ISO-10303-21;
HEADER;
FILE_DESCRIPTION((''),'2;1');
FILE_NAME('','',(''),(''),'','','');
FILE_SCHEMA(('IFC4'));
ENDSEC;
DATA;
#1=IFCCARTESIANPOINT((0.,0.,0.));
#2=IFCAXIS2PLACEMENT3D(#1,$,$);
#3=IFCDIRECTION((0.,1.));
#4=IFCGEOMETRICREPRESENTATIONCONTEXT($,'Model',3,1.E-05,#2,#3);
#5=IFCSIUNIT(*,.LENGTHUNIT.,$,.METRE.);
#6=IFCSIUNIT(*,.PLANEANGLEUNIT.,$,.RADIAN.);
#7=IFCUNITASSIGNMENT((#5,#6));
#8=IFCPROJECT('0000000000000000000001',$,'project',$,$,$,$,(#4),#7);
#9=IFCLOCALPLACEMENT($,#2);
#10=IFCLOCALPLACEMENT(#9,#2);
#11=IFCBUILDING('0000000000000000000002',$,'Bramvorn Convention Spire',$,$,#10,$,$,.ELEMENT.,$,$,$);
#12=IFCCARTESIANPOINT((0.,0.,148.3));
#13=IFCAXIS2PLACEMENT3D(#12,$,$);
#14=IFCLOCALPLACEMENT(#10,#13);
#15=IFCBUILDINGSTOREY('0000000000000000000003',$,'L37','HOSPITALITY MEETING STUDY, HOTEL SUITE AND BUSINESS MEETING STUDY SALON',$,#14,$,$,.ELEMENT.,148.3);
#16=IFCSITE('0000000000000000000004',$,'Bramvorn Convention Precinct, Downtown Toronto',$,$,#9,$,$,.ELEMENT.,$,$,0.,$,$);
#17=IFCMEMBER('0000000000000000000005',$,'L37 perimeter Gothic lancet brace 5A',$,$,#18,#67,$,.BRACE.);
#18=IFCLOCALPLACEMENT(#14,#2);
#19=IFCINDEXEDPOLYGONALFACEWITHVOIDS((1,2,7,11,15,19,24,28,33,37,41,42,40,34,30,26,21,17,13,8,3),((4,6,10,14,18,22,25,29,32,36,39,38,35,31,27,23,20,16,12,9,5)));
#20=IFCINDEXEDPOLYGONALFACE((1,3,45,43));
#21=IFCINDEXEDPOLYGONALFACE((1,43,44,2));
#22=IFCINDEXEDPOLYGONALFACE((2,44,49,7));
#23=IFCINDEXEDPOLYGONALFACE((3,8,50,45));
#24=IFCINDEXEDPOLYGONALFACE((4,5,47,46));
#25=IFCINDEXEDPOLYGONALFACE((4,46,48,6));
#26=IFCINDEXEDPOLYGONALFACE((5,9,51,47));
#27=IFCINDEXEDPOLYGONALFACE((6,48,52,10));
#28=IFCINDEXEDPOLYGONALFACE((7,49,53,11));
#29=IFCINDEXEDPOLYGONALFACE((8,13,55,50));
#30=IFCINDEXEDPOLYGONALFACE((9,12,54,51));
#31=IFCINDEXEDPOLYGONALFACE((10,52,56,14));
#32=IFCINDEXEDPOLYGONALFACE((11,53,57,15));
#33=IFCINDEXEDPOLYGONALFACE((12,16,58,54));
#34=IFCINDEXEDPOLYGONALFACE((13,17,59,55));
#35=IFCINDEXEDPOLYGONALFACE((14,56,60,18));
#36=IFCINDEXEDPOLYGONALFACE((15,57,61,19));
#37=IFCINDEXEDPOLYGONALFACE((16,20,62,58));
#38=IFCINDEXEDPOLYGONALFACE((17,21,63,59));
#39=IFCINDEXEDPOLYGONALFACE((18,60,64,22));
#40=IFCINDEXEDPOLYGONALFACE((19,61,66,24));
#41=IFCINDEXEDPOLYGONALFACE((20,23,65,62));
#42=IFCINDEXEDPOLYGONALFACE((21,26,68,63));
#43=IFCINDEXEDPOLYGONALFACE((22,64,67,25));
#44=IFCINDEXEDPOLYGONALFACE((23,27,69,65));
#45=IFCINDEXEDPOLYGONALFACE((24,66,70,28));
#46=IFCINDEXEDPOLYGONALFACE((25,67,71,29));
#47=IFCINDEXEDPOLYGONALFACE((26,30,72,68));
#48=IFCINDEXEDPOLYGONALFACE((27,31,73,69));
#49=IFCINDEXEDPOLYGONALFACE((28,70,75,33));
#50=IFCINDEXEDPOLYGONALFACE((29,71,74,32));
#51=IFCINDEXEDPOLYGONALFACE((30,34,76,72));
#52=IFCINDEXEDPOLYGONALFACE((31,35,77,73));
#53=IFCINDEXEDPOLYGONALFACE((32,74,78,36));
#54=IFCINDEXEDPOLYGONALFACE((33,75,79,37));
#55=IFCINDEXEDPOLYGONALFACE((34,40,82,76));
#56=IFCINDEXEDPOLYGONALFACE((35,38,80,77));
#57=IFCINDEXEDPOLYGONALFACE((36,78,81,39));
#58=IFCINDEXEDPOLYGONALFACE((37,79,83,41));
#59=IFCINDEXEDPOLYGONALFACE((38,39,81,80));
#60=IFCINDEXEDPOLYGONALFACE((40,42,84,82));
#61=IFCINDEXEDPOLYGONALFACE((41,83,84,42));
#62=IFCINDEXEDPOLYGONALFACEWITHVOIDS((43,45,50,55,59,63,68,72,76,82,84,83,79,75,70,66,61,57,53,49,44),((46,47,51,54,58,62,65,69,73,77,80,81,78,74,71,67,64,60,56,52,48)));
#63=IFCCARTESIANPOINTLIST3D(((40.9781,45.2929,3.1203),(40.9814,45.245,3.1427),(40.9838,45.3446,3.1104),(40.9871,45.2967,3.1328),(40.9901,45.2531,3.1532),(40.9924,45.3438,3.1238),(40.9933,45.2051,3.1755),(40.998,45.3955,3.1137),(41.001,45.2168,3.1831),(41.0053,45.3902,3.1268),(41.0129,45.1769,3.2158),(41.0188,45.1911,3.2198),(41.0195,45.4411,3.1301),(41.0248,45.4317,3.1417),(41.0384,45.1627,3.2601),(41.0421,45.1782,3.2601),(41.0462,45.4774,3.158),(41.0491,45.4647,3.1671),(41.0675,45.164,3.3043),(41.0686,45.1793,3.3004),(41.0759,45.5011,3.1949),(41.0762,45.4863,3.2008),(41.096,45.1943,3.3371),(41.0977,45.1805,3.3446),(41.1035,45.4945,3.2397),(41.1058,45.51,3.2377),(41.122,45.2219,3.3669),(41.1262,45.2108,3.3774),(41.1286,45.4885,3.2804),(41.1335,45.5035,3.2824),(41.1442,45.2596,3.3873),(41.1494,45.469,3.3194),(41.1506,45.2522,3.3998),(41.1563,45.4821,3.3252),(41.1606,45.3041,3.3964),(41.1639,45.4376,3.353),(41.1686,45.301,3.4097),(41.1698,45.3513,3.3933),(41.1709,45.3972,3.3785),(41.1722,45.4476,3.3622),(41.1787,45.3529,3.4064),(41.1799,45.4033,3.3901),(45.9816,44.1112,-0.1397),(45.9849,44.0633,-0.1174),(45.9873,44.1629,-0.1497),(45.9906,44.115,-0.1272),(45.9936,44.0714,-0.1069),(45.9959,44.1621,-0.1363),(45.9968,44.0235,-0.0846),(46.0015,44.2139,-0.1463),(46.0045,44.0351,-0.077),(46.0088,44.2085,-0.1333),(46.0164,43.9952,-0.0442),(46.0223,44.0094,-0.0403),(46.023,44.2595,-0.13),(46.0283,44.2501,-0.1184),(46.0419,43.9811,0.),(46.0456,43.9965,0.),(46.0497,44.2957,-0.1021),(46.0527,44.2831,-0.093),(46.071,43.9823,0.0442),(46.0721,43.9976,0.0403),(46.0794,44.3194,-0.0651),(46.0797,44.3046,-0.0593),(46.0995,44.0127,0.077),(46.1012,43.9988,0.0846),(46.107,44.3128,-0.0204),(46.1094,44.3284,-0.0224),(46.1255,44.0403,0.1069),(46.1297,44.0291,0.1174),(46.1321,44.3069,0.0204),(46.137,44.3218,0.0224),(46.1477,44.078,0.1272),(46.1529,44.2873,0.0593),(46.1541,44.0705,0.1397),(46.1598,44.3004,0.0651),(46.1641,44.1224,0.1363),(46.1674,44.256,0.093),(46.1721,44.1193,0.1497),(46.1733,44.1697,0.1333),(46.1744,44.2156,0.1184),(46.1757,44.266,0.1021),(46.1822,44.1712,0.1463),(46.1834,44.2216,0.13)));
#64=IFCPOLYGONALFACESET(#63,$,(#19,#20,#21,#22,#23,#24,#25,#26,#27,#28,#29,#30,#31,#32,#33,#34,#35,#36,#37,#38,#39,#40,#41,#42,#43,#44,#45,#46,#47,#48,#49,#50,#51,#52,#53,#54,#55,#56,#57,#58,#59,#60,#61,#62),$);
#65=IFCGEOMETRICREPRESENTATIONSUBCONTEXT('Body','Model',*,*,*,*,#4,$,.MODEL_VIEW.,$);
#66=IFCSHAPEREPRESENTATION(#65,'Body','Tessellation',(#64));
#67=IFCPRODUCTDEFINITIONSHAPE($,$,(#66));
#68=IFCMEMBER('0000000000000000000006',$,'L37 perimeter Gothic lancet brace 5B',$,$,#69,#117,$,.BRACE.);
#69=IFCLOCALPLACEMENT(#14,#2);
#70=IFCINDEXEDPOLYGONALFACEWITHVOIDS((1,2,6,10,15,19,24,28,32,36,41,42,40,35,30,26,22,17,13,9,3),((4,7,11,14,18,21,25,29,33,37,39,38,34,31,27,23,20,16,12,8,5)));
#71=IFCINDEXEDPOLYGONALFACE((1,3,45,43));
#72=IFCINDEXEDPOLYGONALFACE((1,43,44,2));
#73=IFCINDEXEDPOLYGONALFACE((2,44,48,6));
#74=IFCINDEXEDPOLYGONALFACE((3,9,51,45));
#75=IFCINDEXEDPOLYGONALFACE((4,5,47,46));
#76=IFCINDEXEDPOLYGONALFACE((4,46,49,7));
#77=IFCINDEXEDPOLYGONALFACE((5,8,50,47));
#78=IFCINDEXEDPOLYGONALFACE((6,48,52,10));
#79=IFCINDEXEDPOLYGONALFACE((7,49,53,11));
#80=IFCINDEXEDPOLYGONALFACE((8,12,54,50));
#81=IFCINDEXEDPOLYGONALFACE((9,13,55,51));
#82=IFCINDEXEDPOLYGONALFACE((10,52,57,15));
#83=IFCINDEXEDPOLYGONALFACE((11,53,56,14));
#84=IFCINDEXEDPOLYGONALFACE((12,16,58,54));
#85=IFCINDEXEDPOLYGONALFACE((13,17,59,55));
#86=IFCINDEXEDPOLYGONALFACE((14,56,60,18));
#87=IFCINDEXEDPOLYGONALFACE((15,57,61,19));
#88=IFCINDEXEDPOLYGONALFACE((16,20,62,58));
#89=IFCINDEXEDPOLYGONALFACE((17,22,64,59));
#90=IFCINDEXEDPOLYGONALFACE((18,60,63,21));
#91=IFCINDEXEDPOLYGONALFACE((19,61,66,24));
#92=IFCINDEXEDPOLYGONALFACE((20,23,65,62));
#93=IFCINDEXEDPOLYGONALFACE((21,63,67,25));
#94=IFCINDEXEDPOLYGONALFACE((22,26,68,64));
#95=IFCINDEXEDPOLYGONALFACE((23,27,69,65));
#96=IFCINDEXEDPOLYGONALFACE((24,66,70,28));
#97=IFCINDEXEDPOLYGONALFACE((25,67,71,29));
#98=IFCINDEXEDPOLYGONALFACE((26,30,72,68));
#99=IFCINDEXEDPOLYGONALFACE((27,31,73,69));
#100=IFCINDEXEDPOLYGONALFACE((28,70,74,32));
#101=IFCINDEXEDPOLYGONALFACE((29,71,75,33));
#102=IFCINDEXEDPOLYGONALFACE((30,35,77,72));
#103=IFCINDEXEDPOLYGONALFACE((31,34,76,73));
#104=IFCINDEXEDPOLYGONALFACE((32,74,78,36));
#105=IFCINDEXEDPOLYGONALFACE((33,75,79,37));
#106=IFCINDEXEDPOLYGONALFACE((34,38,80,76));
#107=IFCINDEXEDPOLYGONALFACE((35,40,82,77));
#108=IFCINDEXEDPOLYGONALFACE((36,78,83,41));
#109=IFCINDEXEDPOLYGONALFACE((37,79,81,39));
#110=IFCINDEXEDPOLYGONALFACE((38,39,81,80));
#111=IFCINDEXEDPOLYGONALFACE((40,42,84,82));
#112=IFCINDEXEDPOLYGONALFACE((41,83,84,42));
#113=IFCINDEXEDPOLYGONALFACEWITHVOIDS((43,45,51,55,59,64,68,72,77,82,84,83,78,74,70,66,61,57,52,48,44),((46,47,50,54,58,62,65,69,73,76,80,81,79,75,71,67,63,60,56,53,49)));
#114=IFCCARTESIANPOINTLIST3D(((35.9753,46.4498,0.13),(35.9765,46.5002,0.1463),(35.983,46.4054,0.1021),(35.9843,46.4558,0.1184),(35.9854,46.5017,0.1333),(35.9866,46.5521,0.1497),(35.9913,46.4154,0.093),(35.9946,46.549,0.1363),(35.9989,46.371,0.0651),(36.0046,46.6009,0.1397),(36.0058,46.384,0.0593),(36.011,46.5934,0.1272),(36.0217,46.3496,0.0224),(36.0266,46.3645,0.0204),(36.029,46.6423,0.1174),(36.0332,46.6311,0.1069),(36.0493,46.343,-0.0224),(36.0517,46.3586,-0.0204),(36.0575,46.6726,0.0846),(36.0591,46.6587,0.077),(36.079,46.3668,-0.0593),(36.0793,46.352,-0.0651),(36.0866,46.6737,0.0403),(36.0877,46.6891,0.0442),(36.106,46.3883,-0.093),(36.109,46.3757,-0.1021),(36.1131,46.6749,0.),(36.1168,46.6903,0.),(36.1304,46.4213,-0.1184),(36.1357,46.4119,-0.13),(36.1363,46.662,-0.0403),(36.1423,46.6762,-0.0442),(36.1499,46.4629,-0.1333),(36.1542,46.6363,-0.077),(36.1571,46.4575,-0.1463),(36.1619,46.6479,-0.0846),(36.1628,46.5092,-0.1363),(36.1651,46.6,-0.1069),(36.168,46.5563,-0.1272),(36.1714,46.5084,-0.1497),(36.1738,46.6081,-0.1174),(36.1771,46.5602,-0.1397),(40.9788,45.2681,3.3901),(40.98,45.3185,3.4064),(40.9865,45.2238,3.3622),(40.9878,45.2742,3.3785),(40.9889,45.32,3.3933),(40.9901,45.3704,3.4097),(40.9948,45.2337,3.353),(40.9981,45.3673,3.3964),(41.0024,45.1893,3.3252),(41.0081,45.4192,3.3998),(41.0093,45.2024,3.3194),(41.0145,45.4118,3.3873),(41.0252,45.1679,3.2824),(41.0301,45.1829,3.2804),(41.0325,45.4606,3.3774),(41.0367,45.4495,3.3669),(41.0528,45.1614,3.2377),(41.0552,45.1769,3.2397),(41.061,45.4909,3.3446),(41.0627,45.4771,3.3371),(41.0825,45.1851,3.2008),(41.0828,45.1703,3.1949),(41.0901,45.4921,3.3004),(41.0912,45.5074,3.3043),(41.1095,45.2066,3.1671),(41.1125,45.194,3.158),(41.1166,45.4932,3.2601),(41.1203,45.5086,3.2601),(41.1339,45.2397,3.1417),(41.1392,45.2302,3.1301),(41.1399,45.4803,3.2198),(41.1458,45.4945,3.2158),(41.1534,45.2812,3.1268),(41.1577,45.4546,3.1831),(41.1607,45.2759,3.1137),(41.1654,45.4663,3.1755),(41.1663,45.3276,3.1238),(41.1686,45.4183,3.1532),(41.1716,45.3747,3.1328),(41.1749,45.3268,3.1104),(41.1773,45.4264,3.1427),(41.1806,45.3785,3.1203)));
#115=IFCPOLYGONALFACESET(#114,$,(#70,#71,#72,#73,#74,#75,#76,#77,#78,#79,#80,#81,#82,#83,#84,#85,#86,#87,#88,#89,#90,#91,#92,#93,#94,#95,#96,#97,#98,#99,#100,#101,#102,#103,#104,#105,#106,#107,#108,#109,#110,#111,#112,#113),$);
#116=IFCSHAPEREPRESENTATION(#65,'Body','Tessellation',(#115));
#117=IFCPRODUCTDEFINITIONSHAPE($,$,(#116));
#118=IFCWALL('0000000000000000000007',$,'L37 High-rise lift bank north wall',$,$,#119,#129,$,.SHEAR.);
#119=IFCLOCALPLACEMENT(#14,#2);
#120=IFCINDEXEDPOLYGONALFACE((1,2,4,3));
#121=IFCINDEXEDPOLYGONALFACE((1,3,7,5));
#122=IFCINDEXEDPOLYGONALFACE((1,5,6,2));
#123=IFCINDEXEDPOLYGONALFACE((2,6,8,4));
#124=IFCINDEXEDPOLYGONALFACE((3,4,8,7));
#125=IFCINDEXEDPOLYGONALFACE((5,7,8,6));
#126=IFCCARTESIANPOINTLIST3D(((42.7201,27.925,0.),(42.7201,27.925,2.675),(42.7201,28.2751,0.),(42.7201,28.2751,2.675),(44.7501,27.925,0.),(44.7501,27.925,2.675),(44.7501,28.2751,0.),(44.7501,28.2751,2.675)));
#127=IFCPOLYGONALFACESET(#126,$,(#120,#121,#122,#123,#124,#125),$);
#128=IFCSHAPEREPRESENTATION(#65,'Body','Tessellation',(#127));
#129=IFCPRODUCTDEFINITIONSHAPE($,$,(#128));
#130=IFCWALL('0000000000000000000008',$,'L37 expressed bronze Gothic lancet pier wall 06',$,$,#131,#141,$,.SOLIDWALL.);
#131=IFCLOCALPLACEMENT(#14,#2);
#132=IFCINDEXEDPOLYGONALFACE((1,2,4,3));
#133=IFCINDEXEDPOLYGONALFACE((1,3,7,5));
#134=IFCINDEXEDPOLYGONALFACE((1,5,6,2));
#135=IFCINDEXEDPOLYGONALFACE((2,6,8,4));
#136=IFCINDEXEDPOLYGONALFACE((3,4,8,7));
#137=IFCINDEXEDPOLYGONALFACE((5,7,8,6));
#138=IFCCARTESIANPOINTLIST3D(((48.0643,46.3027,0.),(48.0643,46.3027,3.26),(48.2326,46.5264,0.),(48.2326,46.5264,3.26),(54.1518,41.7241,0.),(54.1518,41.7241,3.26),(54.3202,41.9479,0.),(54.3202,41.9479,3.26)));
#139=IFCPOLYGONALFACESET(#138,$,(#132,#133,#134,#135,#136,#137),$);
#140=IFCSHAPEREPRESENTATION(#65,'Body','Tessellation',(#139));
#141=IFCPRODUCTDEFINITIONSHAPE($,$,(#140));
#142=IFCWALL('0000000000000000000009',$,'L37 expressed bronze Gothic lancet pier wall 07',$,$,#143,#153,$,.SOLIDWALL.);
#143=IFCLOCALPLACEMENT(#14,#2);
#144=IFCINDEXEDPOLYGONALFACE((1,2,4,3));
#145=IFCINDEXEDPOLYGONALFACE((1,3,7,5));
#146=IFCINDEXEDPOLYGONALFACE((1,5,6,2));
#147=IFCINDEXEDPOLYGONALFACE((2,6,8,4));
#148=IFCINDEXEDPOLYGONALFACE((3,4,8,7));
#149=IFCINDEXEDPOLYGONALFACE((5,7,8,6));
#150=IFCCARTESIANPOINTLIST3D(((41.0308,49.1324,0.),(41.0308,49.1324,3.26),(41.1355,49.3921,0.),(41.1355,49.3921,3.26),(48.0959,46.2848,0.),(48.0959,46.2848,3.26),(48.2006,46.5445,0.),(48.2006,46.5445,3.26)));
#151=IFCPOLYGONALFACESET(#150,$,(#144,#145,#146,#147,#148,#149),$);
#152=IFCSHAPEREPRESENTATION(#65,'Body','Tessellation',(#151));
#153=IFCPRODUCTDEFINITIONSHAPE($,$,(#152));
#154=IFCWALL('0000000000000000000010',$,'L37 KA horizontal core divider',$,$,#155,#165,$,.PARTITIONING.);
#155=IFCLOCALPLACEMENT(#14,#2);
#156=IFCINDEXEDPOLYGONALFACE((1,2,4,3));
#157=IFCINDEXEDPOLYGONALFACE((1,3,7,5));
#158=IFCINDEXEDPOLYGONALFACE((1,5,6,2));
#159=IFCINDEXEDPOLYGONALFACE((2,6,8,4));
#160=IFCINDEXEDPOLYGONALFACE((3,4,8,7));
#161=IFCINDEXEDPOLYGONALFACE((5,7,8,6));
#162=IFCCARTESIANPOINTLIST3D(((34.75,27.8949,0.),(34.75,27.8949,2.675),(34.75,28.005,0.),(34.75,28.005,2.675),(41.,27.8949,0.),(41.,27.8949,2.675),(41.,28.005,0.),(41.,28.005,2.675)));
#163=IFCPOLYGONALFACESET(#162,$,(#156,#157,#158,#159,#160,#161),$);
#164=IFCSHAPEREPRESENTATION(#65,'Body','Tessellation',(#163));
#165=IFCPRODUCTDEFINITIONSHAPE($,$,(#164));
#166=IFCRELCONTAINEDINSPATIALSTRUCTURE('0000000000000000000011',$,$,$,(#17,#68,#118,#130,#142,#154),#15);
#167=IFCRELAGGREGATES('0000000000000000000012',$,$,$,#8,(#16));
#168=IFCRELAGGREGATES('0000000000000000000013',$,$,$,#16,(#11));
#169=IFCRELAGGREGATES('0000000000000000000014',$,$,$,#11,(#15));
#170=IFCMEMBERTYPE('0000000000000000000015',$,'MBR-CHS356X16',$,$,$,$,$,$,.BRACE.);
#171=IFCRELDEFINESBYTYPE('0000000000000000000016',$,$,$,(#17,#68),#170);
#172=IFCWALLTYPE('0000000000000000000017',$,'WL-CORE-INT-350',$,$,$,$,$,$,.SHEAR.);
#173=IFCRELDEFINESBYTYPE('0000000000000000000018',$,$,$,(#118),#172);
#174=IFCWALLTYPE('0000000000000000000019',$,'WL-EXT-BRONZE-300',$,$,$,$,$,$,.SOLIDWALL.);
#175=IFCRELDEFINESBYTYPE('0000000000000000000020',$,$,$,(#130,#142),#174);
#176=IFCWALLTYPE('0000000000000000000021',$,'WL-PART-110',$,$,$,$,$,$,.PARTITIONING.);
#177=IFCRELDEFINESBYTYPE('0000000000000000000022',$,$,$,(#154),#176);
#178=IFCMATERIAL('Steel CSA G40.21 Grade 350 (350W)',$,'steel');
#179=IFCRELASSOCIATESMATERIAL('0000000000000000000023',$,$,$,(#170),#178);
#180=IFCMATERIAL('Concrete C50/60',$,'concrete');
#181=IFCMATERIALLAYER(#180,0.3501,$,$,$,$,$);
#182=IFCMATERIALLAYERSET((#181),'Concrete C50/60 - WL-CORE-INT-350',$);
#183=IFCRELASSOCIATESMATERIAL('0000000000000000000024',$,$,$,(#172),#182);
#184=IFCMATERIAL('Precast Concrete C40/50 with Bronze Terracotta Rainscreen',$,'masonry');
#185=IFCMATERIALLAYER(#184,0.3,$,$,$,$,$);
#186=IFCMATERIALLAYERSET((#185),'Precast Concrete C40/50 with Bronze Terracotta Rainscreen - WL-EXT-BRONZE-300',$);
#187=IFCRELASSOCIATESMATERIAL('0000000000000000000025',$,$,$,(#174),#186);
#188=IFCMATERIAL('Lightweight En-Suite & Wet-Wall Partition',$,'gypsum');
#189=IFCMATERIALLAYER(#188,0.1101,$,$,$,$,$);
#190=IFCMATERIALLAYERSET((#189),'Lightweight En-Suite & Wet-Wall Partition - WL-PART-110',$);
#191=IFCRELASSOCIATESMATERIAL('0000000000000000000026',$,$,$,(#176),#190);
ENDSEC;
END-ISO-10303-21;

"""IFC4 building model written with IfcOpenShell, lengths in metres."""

from ifc_helpers import new_model, si_unit, direction, frame, frame_2d, origin, origin_2d, place, context, subcontext, project, spatial, rectangle, hollow_circle, extrude, material, layer, layer_set, material_profile, profile_set, type_object, element, save


model = new_model("IFC4")

# Units and contexts
model_context = context("Model", 3, precision=1e-05, world=origin(), true_north=direction((0.0, 1.0)))
body_context = subcontext(model_context, "Body", "Model", "MODEL_VIEW")
ifc_project = project(units=[si_unit("LENGTHUNIT", "METRE"), si_unit("PLANEANGLEUNIT", "RADIAN")], contexts=[model_context])

# Site, building, storey
site_placement = place(None, origin())
site = spatial("IfcSite", under=ifc_project, at=site_placement, Name="Bramvorn Convention Precinct, Downtown Toronto", CompositionType="ELEMENT", RefElevation=0.0)
building_placement = place(site_placement, origin())
building = spatial("IfcBuilding", under=site, at=building_placement, Name="Bramvorn Convention Spire", CompositionType="ELEMENT")
storey_placement = place(building_placement, frame((0.0, 0.0, 148.3)))
storey = spatial("IfcBuildingStorey", under=building, at=storey_placement, Name="L37", Description="HOSPITALITY MEETING STUDY, HOTEL SUITE AND BUSINESS MEETING STUDY SALON", CompositionType="ELEMENT", Elevation=148.3)

# Shared definitions
ifc_material_1 = material(Name="Steel CSA G40.21 Grade 350 (350W)", Category="steel")

# Members
ifc_material_profile_1 = material_profile(ifc_material_1, hollow_circle(Radius=0.1777, WallThickness=0.0159, at=origin_2d()))
ifc_profile_set_1 = profile_set([ifc_material_profile_1], Name="Steel CSA G40.21 Grade 350 (350W) - CHS356X16")
member_type = type_object("IfcMemberType", Name="MBR-CHS356X16", PredefinedType="BRACE", material=ifc_profile_set_1)
for number, where, z_axis, x_axis, name in (
    (1, (46.0828, 44.1541, 0.0), (-0.821911, 0.194108, 0.535522), (-0.229844, -0.973228, 0.0), "L37 perimeter Gothic lancet brace 5A"),
    (2, (36.0759, 46.5173, 0.0), (0.821911, -0.194108, 0.535522), (0.229844, 0.973228, 0.0), "L37 perimeter Gothic lancet brace 5B"),
):
    element("IfcMember", number, at=place(storey_placement, frame(where, z_axis=z_axis, x_axis=x_axis)), inside=storey, type_object=member_type, Name=name, PredefinedType="BRACE", context=body_context, shape_type="SweptSolid", body=[
        extrude(hollow_circle(Radius=0.1777, WallThickness=0.0159, at=origin_2d()), origin(), (0.0, 0.0, 1.0), 6.0876),
    ])

# Shared definitions
ifc_material_2 = material(Name="Concrete C50/60", Category="concrete")
ifc_layer_1 = layer(ifc_material_2, 0.3501)
ifc_layer_set_1 = layer_set([ifc_layer_1], Name="Concrete C50/60 - WL-CORE-INT-350")
wall_type_1 = type_object("IfcWallType", Name="WL-CORE-INT-350", PredefinedType="SHEAR", material=ifc_layer_set_1)

# Walls
wall_1_placement = place(storey_placement, frame((42.72, 28.1001, 0.0), z_axis=(0.0, 0.0, 1.0), x_axis=(1.0, 0.0, 0.0)))
element("IfcWall", 3, at=wall_1_placement, inside=storey, type_object=wall_type_1, Name="L37 High-rise lift bank north wall", PredefinedType="SHEAR", context=body_context, shape_type="SweptSolid", body=[
    extrude(rectangle(XDim=2.03, YDim=0.3501, at=frame_2d((1.0151, 0.0))), origin(), (0.0, 0.0, 1.0), 2.675),
])
ifc_material_3 = material(Name="Precast Concrete C40/50 with Bronze Terracotta Rainscreen", Category="masonry")
ifc_layer_2 = layer(ifc_material_3, 0.3)
ifc_layer_set_2 = layer_set([ifc_layer_2], Name="Precast Concrete C40/50 with Bronze Terracotta Rainscreen - WL-EXT-BRONZE-300")
wall_type_2 = type_object("IfcWallType", Name="WL-EXT-BRONZE-300", PredefinedType="SOLIDWALL", material=ifc_layer_set_2)
wall_2_placement = place(storey_placement, frame((48.1484, 46.4146, 0.0), z_axis=(0.0, 0.0, 1.0), x_axis=(0.799188, -0.601081, 0.0)))
element("IfcWall", 4, at=wall_2_placement, inside=storey, type_object=wall_type_2, Name="L37 expressed bronze Gothic lancet pier wall 06", PredefinedType="SOLIDWALL", context=body_context, shape_type="SweptSolid", body=[
    extrude(rectangle(XDim=7.6172, YDim=0.28, at=frame_2d((3.8086, 0.0))), origin(), (0.0, 0.0, 1.0), 3.26),
])
wall_3_placement = place(storey_placement, frame((41.0833, 49.2622, 0.0), z_axis=(0.0, 0.0, 1.0), x_axis=(0.927497, -0.373832, 0.0)))
element("IfcWall", 5, at=wall_3_placement, inside=storey, type_object=wall_type_2, Name="L37 expressed bronze Gothic lancet pier wall 07", PredefinedType="SOLIDWALL", context=body_context, shape_type="SweptSolid", body=[
    extrude(rectangle(XDim=7.6174, YDim=0.28, at=frame_2d((3.8086, 0.0))), origin(), (0.0, 0.0, 1.0), 3.26),
])
ifc_material_4 = material(Name="Lightweight En-Suite & Wet-Wall Partition", Category="gypsum")
ifc_layer_3 = layer(ifc_material_4, 0.1101)
ifc_layer_set_3 = layer_set([ifc_layer_3], Name="Lightweight En-Suite & Wet-Wall Partition - WL-PART-110")
wall_type_3 = type_object("IfcWallType", Name="WL-PART-110", PredefinedType="PARTITIONING", material=ifc_layer_set_3)
wall_4_placement = place(storey_placement, frame((34.75, 27.95, 0.0), z_axis=(0.0, 0.0, 1.0), x_axis=(1.0, 0.0, 0.0)))
element("IfcWall", 6, at=wall_4_placement, inside=storey, type_object=wall_type_3, Name="L37 KA horizontal core divider", PredefinedType="PARTITIONING", context=body_context, shape_type="SweptSolid", body=[
    extrude(rectangle(XDim=6.25, YDim=0.1101, at=frame_2d((3.125, 0.0))), origin(), (0.0, 0.0, 1.0), 2.675),
])

save(model, "model.ifc")
